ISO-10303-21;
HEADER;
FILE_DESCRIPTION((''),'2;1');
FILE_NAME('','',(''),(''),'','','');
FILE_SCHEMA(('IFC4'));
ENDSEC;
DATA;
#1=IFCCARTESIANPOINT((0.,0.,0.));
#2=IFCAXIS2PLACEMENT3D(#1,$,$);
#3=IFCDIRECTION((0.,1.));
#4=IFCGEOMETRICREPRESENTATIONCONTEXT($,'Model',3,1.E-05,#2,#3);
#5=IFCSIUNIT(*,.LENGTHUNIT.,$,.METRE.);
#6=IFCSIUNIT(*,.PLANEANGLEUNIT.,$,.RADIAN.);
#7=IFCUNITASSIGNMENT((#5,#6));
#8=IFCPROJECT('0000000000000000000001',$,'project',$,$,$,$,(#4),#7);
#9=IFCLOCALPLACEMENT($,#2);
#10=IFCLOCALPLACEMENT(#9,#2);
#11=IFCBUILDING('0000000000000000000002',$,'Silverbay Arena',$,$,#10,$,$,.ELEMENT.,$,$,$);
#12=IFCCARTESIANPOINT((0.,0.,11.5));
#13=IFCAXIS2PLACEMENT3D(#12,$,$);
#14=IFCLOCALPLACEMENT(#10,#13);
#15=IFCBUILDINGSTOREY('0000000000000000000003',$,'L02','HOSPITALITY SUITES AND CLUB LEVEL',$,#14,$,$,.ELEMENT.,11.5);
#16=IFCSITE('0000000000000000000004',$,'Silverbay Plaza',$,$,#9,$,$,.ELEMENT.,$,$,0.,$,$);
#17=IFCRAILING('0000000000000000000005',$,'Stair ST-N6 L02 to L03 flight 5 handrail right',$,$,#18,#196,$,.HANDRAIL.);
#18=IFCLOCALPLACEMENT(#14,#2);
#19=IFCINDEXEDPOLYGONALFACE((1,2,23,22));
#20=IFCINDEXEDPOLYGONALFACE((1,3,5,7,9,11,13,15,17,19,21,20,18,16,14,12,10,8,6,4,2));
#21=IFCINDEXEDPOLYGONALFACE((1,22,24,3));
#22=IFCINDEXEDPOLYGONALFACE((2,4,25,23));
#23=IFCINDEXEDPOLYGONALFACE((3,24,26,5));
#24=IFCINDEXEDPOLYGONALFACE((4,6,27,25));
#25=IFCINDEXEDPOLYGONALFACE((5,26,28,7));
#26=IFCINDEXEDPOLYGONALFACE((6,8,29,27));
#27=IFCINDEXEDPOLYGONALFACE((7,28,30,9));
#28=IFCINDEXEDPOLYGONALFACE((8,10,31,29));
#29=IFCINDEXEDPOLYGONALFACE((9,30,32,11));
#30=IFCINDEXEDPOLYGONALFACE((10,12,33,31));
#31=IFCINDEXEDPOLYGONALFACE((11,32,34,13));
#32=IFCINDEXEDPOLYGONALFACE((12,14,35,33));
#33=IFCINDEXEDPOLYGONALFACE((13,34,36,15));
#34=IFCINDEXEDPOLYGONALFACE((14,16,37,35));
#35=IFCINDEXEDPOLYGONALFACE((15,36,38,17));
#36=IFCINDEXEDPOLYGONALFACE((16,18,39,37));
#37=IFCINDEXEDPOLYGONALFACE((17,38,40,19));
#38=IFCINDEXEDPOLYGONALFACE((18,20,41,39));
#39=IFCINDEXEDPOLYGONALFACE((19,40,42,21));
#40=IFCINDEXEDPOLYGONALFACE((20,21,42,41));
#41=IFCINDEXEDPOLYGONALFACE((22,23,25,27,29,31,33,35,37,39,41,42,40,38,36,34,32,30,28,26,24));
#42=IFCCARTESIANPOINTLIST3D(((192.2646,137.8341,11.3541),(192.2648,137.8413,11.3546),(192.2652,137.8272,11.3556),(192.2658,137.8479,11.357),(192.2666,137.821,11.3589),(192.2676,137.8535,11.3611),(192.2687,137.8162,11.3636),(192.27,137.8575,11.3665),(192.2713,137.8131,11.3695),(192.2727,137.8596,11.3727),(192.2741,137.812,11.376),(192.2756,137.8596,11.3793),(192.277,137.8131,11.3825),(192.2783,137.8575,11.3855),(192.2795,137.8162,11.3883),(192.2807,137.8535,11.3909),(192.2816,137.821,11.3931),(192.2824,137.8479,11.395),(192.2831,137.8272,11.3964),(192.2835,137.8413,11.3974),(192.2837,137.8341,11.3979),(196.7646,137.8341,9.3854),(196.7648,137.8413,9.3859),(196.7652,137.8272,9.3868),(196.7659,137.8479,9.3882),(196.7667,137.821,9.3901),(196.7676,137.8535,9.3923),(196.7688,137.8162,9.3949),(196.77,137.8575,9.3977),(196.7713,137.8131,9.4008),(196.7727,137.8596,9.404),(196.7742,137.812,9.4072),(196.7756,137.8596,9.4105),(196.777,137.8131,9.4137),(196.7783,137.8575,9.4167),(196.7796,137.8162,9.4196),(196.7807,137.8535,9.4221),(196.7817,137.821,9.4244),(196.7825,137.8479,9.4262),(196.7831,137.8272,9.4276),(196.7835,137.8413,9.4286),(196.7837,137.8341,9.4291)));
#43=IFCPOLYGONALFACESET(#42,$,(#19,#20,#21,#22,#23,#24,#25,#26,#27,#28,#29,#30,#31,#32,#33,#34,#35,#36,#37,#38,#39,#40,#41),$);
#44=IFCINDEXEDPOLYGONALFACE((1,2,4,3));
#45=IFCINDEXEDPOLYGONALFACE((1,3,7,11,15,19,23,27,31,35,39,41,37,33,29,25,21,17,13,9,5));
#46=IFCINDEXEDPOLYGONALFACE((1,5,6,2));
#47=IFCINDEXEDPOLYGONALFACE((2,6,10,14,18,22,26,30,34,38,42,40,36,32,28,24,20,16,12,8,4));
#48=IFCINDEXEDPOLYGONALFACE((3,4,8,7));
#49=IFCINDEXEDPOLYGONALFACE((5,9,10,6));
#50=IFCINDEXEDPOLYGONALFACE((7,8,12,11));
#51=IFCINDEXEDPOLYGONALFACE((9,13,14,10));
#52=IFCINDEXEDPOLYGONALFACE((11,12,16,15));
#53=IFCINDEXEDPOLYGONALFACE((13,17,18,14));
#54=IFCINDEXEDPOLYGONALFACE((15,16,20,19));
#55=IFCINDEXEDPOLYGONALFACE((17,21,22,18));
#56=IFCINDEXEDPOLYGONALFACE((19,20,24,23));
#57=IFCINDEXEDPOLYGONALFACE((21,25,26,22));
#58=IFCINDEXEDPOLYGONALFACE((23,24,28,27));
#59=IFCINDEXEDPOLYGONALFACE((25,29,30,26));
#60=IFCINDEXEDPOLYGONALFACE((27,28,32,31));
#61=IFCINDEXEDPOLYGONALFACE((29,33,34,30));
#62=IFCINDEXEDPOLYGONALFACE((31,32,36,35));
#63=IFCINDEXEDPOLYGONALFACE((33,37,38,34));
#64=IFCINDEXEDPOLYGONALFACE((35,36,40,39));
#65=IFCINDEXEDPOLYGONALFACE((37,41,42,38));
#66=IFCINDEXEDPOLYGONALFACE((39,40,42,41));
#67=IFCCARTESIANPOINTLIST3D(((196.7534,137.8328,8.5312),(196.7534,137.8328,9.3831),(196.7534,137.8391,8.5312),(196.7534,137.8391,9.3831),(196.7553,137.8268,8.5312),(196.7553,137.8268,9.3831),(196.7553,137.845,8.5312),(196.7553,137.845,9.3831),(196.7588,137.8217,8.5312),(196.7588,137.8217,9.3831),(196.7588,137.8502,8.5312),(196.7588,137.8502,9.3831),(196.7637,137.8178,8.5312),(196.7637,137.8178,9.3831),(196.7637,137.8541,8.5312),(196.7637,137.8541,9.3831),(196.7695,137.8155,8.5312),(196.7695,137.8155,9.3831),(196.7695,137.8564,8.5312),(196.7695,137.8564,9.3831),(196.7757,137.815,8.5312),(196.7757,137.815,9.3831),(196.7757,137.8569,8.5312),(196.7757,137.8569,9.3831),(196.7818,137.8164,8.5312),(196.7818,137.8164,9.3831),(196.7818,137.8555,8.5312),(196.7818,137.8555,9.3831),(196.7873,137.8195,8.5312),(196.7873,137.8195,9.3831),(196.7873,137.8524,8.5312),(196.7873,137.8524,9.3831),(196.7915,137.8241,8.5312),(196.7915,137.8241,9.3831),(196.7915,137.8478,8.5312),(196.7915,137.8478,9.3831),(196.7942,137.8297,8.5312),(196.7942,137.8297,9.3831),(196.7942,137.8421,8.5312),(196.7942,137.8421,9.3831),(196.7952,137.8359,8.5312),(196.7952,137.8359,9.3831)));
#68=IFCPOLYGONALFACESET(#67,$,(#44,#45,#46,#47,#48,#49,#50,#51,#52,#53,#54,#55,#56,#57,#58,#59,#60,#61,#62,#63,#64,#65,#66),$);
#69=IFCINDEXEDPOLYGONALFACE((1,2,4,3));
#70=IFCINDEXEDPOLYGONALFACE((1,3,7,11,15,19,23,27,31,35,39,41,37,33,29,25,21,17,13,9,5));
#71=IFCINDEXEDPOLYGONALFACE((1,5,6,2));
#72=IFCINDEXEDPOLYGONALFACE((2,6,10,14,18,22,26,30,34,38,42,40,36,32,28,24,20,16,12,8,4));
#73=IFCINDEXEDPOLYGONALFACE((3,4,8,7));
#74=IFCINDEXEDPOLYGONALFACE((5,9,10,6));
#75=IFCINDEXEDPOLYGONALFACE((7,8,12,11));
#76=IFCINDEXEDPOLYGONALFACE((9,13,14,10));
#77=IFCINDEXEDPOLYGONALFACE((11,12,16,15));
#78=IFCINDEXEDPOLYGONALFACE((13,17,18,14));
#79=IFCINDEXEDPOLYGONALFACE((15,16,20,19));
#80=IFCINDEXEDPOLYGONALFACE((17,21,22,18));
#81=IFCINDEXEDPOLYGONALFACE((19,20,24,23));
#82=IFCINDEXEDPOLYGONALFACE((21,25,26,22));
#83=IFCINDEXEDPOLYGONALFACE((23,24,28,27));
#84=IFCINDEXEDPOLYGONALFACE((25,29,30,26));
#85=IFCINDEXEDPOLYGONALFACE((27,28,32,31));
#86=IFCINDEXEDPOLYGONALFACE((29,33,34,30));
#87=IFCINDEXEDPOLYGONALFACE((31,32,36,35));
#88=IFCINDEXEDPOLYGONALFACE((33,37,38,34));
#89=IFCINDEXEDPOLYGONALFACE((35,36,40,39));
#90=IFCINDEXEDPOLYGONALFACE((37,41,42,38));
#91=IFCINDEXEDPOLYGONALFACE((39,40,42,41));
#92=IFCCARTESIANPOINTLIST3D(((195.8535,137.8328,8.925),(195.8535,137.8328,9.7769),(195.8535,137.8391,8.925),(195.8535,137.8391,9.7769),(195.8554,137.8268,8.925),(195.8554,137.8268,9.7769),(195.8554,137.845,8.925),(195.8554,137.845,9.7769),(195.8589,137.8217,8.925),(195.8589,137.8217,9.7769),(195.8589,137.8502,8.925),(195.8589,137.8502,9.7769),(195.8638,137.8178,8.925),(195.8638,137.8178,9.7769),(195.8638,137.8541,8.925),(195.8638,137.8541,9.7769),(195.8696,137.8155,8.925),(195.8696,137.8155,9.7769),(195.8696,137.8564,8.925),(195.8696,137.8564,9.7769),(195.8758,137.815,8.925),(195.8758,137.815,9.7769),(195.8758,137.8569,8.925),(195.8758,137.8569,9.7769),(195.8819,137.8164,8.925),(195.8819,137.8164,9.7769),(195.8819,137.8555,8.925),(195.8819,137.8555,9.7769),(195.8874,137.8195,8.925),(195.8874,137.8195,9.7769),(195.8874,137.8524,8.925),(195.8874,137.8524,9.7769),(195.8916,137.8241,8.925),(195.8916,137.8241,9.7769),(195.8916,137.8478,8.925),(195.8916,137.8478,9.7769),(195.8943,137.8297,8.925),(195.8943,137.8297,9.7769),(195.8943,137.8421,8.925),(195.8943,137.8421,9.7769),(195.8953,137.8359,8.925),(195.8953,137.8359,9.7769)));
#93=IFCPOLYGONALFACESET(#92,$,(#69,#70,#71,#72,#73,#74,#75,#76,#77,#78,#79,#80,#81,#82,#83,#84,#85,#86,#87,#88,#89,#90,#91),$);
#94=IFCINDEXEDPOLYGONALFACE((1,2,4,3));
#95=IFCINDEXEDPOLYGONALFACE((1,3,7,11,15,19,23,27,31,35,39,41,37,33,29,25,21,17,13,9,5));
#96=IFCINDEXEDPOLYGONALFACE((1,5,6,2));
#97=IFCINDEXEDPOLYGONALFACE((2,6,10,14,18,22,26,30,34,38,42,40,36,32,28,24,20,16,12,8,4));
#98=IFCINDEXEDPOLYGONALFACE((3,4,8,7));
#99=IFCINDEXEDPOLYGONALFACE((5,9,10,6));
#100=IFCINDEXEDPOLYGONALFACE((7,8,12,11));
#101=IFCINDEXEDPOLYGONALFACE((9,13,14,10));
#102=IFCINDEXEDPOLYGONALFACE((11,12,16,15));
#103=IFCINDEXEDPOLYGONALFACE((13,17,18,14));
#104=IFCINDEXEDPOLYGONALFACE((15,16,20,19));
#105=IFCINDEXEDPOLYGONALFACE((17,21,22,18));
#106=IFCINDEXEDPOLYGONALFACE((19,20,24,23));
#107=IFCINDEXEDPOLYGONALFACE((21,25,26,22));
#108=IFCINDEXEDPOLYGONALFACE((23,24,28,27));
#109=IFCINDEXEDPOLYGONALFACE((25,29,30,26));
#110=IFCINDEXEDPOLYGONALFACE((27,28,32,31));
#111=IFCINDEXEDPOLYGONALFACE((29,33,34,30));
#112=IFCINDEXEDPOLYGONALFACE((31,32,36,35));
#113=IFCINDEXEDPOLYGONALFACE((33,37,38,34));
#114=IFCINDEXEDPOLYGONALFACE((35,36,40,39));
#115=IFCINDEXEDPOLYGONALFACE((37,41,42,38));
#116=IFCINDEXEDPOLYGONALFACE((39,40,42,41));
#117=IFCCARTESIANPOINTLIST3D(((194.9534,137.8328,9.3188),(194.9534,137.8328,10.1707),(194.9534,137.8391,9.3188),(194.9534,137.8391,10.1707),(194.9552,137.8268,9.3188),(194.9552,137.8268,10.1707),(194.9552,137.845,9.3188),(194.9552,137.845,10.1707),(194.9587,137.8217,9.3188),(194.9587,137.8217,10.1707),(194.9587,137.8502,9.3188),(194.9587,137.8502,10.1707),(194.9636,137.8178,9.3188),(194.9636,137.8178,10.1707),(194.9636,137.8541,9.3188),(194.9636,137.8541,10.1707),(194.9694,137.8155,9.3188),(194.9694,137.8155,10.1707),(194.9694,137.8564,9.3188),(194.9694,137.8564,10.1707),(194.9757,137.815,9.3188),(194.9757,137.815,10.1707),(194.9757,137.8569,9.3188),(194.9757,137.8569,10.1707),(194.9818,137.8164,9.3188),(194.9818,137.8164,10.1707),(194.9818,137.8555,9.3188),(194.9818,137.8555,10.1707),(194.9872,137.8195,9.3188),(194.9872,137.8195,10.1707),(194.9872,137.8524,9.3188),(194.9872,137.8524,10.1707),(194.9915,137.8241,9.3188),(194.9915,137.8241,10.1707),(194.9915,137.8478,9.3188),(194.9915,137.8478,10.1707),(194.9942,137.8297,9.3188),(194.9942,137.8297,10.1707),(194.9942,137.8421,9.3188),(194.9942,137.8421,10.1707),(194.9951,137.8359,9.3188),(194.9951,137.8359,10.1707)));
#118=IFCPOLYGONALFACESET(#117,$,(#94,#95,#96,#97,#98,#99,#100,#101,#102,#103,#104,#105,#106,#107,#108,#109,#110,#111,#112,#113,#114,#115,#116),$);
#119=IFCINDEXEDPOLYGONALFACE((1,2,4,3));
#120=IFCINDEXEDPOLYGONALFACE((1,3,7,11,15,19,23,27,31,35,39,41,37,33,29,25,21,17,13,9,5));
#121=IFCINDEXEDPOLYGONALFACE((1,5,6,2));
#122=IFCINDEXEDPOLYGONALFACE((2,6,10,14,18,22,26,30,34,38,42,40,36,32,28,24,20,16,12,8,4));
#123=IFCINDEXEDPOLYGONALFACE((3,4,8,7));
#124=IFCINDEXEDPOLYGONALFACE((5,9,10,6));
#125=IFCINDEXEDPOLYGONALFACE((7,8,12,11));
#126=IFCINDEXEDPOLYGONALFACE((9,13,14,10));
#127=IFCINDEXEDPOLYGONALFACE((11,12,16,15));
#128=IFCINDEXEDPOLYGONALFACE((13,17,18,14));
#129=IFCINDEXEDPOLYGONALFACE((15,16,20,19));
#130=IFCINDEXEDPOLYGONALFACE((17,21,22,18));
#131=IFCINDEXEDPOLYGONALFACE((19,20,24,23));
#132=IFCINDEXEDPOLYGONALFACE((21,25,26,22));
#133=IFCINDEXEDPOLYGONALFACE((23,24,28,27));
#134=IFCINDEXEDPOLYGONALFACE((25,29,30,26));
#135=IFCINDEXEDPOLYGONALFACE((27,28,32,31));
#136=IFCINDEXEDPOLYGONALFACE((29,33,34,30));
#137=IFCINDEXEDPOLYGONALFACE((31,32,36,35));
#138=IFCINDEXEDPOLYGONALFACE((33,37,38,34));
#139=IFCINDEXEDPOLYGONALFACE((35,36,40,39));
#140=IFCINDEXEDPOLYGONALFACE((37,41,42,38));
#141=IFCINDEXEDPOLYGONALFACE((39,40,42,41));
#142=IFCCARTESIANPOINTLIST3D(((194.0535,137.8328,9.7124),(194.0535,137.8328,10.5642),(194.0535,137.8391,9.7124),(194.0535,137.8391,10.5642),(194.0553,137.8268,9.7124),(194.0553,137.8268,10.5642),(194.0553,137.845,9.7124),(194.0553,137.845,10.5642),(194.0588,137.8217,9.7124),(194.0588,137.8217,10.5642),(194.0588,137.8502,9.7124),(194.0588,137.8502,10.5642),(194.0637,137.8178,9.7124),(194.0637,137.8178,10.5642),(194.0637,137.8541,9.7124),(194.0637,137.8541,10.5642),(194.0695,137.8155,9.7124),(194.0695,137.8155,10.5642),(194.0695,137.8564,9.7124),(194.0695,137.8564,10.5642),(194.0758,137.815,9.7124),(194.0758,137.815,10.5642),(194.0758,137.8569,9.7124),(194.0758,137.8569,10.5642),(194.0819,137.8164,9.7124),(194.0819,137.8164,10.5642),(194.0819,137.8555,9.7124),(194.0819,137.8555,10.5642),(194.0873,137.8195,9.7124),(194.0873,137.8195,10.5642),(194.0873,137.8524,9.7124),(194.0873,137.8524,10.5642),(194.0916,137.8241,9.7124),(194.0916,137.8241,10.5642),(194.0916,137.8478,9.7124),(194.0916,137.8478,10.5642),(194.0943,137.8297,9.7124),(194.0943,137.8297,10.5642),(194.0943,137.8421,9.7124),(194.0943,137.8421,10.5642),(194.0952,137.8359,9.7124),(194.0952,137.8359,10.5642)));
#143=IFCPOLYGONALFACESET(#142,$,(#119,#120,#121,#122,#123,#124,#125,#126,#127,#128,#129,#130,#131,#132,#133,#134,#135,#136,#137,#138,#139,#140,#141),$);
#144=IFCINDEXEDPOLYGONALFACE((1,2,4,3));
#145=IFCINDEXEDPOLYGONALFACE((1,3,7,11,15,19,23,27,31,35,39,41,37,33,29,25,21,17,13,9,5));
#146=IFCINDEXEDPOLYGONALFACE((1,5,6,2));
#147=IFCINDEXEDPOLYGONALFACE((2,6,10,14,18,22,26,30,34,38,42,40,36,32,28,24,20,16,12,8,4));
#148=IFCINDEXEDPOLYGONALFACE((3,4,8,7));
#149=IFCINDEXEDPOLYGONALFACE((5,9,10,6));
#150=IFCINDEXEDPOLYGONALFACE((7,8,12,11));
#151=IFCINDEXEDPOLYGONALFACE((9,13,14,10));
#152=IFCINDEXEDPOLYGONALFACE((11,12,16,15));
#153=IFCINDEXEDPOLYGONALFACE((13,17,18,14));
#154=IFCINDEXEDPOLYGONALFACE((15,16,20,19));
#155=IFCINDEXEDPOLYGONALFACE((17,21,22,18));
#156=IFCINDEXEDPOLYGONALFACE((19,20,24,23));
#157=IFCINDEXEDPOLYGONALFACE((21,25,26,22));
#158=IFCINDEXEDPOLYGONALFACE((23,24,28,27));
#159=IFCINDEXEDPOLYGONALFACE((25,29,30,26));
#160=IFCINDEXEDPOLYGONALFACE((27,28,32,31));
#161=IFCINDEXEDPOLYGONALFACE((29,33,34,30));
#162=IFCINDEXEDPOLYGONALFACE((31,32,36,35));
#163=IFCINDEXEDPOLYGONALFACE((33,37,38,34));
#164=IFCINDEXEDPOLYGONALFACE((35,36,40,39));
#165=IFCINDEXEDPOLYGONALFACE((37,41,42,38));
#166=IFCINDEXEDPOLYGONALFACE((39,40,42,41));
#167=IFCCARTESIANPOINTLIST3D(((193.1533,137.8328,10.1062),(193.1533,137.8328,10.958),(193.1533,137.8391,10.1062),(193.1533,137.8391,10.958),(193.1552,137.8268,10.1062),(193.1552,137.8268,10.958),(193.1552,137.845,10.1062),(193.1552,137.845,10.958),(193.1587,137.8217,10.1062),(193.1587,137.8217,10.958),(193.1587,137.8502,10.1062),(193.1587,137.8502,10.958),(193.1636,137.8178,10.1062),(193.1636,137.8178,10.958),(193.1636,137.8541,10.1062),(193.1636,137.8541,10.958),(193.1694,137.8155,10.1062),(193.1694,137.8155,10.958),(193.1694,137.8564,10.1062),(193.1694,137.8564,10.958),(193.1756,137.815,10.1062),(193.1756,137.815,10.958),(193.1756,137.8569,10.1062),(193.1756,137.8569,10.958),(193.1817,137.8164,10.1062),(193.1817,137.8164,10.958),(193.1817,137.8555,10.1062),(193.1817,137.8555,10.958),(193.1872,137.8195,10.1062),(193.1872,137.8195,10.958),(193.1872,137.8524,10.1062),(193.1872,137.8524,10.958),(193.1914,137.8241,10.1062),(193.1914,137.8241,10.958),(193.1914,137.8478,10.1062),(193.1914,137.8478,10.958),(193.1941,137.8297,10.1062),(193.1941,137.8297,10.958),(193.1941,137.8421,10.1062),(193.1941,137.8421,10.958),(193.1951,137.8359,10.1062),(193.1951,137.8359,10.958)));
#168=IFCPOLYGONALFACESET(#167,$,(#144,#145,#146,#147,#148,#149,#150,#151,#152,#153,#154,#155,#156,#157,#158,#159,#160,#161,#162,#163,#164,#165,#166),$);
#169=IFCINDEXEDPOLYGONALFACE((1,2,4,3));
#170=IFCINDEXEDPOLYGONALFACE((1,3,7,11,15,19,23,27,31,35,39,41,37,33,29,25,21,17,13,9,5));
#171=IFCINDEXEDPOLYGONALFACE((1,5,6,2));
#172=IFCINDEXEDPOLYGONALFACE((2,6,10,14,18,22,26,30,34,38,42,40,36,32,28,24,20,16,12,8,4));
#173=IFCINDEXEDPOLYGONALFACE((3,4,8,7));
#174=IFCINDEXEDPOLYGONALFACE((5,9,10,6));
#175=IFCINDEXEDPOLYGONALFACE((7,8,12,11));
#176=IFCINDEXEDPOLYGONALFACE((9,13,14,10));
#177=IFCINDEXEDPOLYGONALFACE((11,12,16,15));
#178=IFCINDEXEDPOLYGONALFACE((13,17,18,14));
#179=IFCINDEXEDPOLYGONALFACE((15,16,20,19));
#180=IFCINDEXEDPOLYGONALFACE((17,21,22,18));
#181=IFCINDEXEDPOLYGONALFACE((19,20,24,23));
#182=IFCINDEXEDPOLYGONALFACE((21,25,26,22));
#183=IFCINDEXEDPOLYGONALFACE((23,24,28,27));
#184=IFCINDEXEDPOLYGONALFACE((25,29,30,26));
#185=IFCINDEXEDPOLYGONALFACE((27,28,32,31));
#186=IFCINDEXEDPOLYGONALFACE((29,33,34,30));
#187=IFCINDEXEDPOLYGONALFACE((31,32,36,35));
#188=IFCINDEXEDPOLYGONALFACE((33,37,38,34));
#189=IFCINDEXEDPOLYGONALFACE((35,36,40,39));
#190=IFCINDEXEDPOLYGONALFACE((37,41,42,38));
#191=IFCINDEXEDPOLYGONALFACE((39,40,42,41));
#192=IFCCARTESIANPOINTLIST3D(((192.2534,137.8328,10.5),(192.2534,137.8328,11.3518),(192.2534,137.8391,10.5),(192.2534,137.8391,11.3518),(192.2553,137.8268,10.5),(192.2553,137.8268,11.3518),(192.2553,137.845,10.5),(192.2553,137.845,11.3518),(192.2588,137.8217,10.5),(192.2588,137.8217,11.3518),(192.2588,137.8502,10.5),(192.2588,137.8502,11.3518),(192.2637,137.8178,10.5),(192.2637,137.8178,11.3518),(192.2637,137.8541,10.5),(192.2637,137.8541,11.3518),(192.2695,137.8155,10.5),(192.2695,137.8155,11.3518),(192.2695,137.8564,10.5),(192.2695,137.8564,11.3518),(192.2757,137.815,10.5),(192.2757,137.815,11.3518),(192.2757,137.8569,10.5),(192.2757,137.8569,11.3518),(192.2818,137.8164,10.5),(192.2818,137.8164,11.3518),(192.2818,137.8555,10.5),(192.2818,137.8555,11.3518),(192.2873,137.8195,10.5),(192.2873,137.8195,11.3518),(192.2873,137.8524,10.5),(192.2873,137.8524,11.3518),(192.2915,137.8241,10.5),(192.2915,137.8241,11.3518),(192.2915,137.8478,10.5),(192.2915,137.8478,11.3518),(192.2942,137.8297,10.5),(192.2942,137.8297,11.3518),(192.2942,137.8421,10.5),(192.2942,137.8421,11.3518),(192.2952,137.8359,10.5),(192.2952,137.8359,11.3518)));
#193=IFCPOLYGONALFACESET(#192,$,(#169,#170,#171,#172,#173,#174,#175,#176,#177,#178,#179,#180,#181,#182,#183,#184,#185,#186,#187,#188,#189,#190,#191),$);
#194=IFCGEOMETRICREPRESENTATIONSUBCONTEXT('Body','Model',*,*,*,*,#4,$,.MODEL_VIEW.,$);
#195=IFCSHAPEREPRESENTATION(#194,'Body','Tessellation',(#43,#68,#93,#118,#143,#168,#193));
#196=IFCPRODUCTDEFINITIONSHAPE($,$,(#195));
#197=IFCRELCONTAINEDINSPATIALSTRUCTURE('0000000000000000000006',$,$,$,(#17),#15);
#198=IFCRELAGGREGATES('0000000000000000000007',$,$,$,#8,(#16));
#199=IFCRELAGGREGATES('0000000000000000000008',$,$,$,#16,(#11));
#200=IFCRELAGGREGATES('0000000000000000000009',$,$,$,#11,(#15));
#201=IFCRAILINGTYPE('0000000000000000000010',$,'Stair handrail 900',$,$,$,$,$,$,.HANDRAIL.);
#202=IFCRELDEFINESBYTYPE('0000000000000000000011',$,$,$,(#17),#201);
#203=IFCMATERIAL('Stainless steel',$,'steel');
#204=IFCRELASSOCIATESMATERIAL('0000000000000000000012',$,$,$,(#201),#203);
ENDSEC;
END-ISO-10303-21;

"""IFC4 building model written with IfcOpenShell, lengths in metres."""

from ifc_helpers import new_model, si_unit, direction, frame, origin, origin_2d, place, context, subcontext, project, spatial, circle, extrude, material, type_object, element, save


model = new_model("IFC4")

# Units and contexts
model_context = context("Model", 3, precision=1e-05, world=origin(), true_north=direction((0.0, 1.0)))
body_context = subcontext(model_context, "Body", "Model", "MODEL_VIEW")
ifc_project = project(units=[si_unit("LENGTHUNIT", "METRE"), si_unit("PLANEANGLEUNIT", "RADIAN")], contexts=[model_context])

# Site, building, storey
site_placement = place(None, origin())
site = spatial("IfcSite", under=ifc_project, at=site_placement, Name="Silverbay Plaza", CompositionType="ELEMENT", RefElevation=0.0)
building_placement = place(site_placement, origin())
building = spatial("IfcBuilding", under=site, at=building_placement, Name="Silverbay Arena", CompositionType="ELEMENT")
storey_placement = place(building_placement, frame((0.0, 0.0, 11.5)))
storey = spatial("IfcBuildingStorey", under=building, at=storey_placement, Name="L02", Description="HOSPITALITY SUITES AND CLUB LEVEL", CompositionType="ELEMENT", Elevation=11.5)

# Railing
ifc_material_1 = material(Name="Stainless steel", Category="steel")
railing_type_1 = type_object("IfcRailingType", Name="Stair handrail 900", PredefinedType="HANDRAIL", material=ifc_material_1)
for number, where, name in (
    (1, (196.7742, 137.8359, 8.5312), "Stair ST-N6 L02 to L03 flight 5 handrail right"),
):
    element("IfcRailing", number, at=place(storey_placement, frame(where)), inside=storey, type_object=railing_type_1, Name=name, PredefinedType="HANDRAIL", context=body_context, shape_type="SweptSolid", body=[
        extrude(circle(Radius=0.0239, at=origin_2d()), frame((0.0, 0.0, 0.876), z_axis=(-0.916157, 0.0, 0.400819), x_axis=(0.0, -1.0, 0.0)), (0.0, 0.0, 1.0), 4.9119),
        extrude(circle(Radius=0.021, at=origin_2d()), origin(), (0.0, 0.0, 1.0), 0.8518),
        extrude(circle(Radius=0.021, at=origin_2d()), frame((-0.8999, 0.0, 0.3938)), (0.0, 0.0, 1.0), 0.8518),
        extrude(circle(Radius=0.021, at=origin_2d()), frame((-1.8, 0.0, 0.7876)), (0.0, 0.0, 1.0), 0.8518),
        extrude(circle(Radius=0.021, at=origin_2d()), frame((-2.7, 0.0, 1.1812)), (0.0, 0.0, 1.0), 0.8518),
        extrude(circle(Radius=0.021, at=origin_2d()), frame((-3.6001, 0.0, 1.575)), (0.0, 0.0, 1.0), 0.8518),
        extrude(circle(Radius=0.021, at=origin_2d()), frame((-4.5, 0.0, 1.9688)), (0.0, 0.0, 1.0), 0.8518),
    ])

save(model, "model.ifc")
